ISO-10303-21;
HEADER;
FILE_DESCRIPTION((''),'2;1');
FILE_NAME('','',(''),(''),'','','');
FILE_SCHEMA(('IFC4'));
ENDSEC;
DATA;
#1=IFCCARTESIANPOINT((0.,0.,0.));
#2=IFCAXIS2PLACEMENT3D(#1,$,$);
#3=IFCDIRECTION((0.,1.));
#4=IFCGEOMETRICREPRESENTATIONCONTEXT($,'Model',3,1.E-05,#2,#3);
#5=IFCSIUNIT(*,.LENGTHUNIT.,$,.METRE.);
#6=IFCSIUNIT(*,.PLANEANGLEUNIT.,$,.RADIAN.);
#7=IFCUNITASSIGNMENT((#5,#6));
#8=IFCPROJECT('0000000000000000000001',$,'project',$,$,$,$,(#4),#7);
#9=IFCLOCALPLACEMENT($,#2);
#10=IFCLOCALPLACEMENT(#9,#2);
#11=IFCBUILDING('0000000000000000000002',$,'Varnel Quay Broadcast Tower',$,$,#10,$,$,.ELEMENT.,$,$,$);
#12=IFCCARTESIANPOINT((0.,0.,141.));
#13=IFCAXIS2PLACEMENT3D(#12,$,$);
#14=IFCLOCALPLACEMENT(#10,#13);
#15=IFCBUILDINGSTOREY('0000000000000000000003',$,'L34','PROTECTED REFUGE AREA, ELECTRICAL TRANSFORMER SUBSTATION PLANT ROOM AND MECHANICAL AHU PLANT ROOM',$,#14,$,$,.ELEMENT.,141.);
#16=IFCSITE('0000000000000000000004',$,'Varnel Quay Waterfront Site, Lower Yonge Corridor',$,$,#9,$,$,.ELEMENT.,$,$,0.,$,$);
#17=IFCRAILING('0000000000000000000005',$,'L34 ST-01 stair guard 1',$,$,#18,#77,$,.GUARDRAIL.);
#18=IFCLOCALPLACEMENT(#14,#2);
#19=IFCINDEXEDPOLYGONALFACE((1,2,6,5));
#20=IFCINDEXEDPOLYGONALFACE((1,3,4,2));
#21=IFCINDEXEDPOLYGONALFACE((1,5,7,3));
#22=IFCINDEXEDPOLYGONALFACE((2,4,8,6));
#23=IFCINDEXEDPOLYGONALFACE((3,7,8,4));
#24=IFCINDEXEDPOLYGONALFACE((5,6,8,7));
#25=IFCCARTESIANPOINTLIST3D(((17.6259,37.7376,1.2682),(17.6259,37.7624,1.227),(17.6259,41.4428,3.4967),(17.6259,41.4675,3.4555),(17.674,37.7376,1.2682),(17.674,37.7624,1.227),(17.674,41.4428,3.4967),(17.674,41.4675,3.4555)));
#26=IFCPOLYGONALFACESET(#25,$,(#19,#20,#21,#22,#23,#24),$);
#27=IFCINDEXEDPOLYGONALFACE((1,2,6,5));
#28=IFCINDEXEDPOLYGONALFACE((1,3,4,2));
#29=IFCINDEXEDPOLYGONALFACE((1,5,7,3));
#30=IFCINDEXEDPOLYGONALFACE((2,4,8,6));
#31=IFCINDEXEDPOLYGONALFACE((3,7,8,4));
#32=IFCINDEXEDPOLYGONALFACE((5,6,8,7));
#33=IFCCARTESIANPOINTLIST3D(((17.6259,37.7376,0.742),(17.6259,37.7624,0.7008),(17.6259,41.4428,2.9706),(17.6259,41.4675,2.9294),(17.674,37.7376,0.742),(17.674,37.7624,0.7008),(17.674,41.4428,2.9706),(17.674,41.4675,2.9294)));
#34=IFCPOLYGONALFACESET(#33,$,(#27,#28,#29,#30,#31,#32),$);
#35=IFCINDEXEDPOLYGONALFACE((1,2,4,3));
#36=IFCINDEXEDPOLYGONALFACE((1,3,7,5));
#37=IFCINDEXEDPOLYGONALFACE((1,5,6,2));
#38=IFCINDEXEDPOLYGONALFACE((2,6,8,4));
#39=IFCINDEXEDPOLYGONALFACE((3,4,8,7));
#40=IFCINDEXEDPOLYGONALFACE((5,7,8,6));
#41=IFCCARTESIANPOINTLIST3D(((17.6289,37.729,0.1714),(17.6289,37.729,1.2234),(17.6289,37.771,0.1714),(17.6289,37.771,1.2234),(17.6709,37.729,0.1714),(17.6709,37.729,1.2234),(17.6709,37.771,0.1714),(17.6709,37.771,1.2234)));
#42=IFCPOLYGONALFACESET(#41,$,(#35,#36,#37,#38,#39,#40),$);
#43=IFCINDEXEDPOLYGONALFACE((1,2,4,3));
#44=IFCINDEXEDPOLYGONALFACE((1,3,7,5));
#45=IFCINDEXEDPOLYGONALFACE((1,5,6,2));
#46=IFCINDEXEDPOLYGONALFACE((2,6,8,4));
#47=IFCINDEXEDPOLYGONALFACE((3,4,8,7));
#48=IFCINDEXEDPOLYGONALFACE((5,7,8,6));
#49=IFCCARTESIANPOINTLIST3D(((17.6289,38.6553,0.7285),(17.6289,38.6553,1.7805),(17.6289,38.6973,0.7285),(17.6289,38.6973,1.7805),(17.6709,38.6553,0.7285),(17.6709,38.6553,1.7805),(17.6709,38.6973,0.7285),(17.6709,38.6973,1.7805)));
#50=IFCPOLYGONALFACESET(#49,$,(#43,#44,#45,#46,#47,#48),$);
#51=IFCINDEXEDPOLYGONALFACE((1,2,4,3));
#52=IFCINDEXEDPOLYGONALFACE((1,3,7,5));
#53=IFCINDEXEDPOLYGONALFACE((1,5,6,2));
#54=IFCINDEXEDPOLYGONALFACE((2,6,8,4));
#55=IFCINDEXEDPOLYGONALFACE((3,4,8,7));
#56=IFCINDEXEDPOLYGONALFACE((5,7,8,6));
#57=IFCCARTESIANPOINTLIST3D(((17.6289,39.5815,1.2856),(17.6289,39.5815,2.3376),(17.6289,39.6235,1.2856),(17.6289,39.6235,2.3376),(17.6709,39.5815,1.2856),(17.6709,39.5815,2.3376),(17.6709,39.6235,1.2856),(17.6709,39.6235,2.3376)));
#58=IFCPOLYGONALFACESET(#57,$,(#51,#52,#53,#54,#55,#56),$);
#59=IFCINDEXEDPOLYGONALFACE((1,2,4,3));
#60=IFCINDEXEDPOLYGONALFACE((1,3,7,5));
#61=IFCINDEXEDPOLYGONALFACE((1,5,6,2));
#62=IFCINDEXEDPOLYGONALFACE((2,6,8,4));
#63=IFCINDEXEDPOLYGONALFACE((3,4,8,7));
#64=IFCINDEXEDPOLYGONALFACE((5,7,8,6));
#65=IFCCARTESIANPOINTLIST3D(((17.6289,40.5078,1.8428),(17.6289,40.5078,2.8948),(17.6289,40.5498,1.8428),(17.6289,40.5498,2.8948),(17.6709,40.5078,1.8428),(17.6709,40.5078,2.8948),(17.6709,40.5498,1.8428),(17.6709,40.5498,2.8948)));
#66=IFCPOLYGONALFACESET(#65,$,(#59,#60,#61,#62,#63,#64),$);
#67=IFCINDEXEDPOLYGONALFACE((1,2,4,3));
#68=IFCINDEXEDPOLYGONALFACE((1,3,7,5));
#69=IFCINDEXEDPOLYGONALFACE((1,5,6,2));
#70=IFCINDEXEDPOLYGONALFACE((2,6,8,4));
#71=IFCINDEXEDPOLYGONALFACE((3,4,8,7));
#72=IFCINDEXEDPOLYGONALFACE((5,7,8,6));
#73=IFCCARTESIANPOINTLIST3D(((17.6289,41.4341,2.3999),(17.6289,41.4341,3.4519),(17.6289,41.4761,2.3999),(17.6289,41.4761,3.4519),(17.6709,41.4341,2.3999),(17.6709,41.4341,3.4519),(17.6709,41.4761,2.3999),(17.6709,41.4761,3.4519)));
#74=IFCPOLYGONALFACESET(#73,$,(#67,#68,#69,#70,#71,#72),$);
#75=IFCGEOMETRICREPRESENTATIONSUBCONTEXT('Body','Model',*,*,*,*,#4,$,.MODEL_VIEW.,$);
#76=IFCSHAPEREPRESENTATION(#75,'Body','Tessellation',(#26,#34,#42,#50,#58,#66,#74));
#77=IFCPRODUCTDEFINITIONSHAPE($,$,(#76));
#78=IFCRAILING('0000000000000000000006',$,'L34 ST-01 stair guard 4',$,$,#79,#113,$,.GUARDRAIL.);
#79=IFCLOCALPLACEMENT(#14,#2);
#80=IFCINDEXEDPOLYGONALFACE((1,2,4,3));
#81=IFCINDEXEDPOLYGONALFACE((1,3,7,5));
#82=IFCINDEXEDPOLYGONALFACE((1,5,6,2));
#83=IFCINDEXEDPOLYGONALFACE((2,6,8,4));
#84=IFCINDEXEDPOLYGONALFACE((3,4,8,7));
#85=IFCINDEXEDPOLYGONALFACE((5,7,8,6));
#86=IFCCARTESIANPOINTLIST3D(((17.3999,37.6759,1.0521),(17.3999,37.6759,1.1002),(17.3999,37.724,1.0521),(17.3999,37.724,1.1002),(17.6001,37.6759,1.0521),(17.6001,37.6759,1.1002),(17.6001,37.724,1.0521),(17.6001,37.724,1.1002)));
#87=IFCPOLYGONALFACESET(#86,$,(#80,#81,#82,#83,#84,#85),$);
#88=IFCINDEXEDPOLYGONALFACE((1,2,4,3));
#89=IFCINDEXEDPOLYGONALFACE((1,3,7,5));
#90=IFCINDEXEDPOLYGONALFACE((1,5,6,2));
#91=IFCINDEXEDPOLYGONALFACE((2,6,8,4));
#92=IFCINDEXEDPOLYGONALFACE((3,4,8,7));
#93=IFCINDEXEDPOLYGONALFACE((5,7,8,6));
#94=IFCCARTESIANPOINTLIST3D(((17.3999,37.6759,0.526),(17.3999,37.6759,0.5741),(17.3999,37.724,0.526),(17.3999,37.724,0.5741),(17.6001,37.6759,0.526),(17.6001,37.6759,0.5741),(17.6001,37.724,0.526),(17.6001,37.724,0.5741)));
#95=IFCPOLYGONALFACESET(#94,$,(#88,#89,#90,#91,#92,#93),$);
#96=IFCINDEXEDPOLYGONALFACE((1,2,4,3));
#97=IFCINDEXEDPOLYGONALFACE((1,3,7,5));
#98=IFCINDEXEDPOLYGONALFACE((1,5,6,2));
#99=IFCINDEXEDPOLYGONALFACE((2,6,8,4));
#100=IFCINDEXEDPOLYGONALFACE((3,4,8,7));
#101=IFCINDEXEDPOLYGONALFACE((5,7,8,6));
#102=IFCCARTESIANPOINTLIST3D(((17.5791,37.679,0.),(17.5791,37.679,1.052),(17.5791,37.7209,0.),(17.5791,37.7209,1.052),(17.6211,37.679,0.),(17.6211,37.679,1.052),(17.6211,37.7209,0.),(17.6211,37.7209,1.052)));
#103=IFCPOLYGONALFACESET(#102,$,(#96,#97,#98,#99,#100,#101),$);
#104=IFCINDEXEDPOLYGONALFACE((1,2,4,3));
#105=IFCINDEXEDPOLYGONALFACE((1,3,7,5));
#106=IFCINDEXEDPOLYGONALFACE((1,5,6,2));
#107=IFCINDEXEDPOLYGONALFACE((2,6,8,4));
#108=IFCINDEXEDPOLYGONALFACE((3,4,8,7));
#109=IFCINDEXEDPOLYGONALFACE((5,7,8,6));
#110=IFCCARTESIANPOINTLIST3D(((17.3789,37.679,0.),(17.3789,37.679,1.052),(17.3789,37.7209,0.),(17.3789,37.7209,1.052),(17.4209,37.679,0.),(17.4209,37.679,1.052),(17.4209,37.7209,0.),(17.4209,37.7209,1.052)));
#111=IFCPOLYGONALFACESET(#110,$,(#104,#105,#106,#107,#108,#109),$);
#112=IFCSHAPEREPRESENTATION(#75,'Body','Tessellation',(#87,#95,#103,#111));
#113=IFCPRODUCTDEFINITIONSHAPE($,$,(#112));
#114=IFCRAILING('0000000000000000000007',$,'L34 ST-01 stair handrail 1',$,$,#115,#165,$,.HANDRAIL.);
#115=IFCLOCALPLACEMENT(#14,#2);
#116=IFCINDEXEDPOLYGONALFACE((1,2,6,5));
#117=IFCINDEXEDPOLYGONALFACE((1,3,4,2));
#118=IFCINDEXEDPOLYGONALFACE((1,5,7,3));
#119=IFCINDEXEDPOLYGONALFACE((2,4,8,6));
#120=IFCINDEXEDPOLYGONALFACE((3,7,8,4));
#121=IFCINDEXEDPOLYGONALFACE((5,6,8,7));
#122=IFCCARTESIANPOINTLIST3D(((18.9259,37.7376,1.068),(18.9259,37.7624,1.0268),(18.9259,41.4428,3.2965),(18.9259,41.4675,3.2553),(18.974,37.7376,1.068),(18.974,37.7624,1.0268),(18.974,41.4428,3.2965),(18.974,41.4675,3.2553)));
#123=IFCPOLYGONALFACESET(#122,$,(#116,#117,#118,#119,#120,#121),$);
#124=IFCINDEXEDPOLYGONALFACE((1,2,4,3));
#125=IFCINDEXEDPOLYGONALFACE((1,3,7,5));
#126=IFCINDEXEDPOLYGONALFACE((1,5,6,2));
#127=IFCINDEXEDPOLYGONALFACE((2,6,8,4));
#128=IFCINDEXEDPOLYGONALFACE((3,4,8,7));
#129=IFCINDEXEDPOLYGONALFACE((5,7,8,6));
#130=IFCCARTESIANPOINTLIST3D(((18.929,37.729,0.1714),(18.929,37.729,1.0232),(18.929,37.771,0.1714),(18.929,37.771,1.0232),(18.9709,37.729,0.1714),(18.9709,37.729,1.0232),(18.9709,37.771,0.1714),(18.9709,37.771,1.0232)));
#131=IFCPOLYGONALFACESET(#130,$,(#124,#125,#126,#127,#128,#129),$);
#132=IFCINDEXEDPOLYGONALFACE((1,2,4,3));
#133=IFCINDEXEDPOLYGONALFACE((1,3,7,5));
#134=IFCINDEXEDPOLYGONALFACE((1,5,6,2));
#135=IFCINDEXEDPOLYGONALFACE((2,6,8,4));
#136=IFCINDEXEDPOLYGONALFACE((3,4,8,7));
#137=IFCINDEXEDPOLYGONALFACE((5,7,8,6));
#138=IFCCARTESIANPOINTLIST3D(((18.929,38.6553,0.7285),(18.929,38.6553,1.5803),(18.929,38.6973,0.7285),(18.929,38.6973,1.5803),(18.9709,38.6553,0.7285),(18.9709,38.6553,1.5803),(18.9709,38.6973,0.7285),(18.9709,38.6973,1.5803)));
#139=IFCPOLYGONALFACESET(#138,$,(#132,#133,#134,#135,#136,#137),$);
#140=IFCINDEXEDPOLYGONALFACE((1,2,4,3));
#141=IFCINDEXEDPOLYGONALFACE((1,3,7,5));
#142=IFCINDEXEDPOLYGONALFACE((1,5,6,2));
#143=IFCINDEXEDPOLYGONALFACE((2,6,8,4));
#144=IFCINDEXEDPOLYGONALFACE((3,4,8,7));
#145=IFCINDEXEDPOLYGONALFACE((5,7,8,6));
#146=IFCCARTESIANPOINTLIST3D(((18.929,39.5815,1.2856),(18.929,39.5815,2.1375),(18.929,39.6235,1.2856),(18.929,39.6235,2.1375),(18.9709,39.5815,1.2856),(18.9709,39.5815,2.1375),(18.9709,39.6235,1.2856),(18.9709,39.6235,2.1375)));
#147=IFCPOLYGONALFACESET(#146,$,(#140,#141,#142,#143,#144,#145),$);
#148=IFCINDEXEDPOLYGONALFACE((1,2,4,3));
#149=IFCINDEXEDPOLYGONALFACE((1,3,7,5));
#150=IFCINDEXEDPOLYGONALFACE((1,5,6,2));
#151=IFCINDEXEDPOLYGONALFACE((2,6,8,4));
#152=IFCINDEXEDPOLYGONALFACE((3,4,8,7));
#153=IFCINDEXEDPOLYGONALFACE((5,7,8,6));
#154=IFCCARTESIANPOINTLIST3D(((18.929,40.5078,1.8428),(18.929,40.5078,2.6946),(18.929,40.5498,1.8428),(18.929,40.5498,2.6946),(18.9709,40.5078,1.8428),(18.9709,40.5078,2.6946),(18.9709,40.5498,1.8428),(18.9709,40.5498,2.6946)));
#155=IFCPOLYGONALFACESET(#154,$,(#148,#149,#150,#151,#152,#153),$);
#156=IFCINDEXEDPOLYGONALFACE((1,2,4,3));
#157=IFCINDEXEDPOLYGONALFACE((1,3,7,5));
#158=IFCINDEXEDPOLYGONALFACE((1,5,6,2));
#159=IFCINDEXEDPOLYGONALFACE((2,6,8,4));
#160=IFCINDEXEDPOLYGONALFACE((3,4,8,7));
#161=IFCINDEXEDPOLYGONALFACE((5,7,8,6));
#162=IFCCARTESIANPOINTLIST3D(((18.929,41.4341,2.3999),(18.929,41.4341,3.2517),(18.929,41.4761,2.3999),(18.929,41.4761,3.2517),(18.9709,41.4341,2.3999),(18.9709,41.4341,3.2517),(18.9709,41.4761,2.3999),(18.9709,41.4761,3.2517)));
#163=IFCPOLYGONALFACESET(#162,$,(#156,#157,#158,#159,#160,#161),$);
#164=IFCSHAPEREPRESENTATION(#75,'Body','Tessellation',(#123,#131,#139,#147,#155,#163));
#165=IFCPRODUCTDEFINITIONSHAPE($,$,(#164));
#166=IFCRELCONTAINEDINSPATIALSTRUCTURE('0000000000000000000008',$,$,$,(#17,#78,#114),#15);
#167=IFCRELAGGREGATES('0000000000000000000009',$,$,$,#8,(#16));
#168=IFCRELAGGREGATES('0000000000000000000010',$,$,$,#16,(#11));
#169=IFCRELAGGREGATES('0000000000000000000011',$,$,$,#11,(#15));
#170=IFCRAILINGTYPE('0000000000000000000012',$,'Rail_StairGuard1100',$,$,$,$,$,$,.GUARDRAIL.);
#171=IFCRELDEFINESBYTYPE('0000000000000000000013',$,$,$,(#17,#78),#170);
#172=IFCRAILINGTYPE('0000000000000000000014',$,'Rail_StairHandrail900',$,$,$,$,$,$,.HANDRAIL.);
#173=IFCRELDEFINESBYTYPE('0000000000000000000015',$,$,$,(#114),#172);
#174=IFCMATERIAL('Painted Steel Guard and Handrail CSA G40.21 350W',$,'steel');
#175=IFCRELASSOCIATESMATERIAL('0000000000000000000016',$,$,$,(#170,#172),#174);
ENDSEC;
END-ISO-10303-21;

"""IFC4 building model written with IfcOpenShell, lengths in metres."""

from ifc_helpers import new_model, si_unit, direction, frame, origin, origin_2d, place, context, subcontext, project, spatial, rectangle, extrude, material, type_object, element, save


model = new_model("IFC4")

# Units and contexts
model_context = context("Model", 3, precision=1e-05, world=origin(), true_north=direction((0.0, 1.0)))
body_context = subcontext(model_context, "Body", "Model", "MODEL_VIEW")
ifc_project = project(units=[si_unit("LENGTHUNIT", "METRE"), si_unit("PLANEANGLEUNIT", "RADIAN")], contexts=[model_context])

# Site, building, storey
site_placement = place(None, origin())
site = spatial("IfcSite", under=ifc_project, at=site_placement, Name="Varnel Quay Waterfront Site, Lower Yonge Corridor", CompositionType="ELEMENT", RefElevation=0.0)
building_placement = place(site_placement, origin())
building = spatial("IfcBuilding", under=site, at=building_placement, Name="Varnel Quay Broadcast Tower", CompositionType="ELEMENT")
storey_placement = place(building_placement, frame((0.0, 0.0, 141.0)))
storey = spatial("IfcBuildingStorey", under=building, at=storey_placement, Name="L34", Description="PROTECTED REFUGE AREA, ELECTRICAL TRANSFORMER SUBSTATION PLANT ROOM AND MECHANICAL AHU PLANT ROOM", CompositionType="ELEMENT", Elevation=141.0)

# Railings
ifc_material_1 = material(Name="Painted Steel Guard and Handrail CSA G40.21 350W", Category="steel")
railing_type_1 = type_object("IfcRailingType", Name="Rail_StairGuard1100", PredefinedType="GUARDRAIL", material=ifc_material_1)
railing_1_placement = place(storey_placement, frame((17.6499, 37.75, 0.1714)))
element("IfcRailing", 1, at=railing_1_placement, inside=storey, type_object=railing_type_1, Name="L34 ST-01 stair guard 1", PredefinedType="GUARDRAIL", context=body_context, shape_type="SweptSolid", body=[
    extrude(rectangle(XDim=0.0481, YDim=0.0481, at=origin_2d()), frame((0.0, 0.0, 1.0762), z_axis=(0.0, 0.856934, 0.515425), x_axis=(-1.0, 0.0, 0.0)), (0.0, 0.0, 1.0), 4.3237),
    extrude(rectangle(XDim=0.0481, YDim=0.0481, at=origin_2d()), frame((0.0, 0.0, 0.55), z_axis=(0.0, 0.856934, 0.515425), x_axis=(-1.0, 0.0, 0.0)), (0.0, 0.0, 1.0), 4.3237),
    extrude(rectangle(XDim=0.042, YDim=0.042, at=origin_2d()), origin(), (0.0, 0.0, 1.0), 1.052),
    extrude(rectangle(XDim=0.042, YDim=0.042, at=origin_2d()), frame((0.0, 0.9263, 0.5571)), (0.0, 0.0, 1.0), 1.052),
    extrude(rectangle(XDim=0.042, YDim=0.042, at=origin_2d()), frame((0.0, 1.8525, 1.1143)), (0.0, 0.0, 1.0), 1.052),
    extrude(rectangle(XDim=0.042, YDim=0.042, at=origin_2d()), frame((0.0, 2.7788, 1.6714)), (0.0, 0.0, 1.0), 1.052),
    extrude(rectangle(XDim=0.042, YDim=0.042, at=origin_2d()), frame((0.0, 3.7051, 2.2285)), (0.0, 0.0, 1.0), 1.052),
])
railing_2_placement = place(storey_placement, frame((17.6001, 37.7, 0.0)))
element("IfcRailing", 2, at=railing_2_placement, inside=storey, type_object=railing_type_1, Name="L34 ST-01 stair guard 4", PredefinedType="GUARDRAIL", context=body_context, shape_type="SweptSolid", body=[
    extrude(rectangle(XDim=0.0481, YDim=0.0481, at=origin_2d()), frame((0.0, 0.0, 1.0762), z_axis=(-1.0, 0.0, 0.0), x_axis=(0.0, -1.0, 0.0)), (0.0, 0.0, 1.0), 0.2002),
    extrude(rectangle(XDim=0.0481, YDim=0.0481, at=origin_2d()), frame((0.0, 0.0, 0.55), z_axis=(-1.0, 0.0, 0.0), x_axis=(0.0, -1.0, 0.0)), (0.0, 0.0, 1.0), 0.2002),
    extrude(rectangle(XDim=0.042, YDim=0.042, at=origin_2d()), origin(), (0.0, 0.0, 1.0), 1.052),
    extrude(rectangle(XDim=0.042, YDim=0.042, at=origin_2d()), frame((-0.2002, 0.0, 0.0)), (0.0, 0.0, 1.0), 1.052),
])
railing_type_2 = type_object("IfcRailingType", Name="Rail_StairHandrail900", PredefinedType="HANDRAIL", material=ifc_material_1)
railing_3_placement = place(storey_placement, frame((18.95, 37.75, 0.1714)))
element("IfcRailing", 3, at=railing_3_placement, inside=storey, type_object=railing_type_2, Name="L34 ST-01 stair handrail 1", PredefinedType="HANDRAIL", context=body_context, shape_type="SweptSolid", body=[
    extrude(rectangle(XDim=0.0481, YDim=0.0481, at=origin_2d()), frame((0.0, 0.0, 0.876), z_axis=(0.0, 0.856934, 0.515425), x_axis=(-1.0, 0.0, 0.0)), (0.0, 0.0, 1.0), 4.3237),
    extrude(rectangle(XDim=0.042, YDim=0.042, at=origin_2d()), origin(), (0.0, 0.0, 1.0), 0.8518),
    extrude(rectangle(XDim=0.042, YDim=0.042, at=origin_2d()), frame((0.0, 0.9263, 0.5571)), (0.0, 0.0, 1.0), 0.8518),
    extrude(rectangle(XDim=0.042, YDim=0.042, at=origin_2d()), frame((0.0, 1.8525, 1.1143)), (0.0, 0.0, 1.0), 0.8518),
    extrude(rectangle(XDim=0.042, YDim=0.042, at=origin_2d()), frame((0.0, 2.7788, 1.6714)), (0.0, 0.0, 1.0), 0.8518),
    extrude(rectangle(XDim=0.042, YDim=0.042, at=origin_2d()), frame((0.0, 3.7051, 2.2285)), (0.0, 0.0, 1.0), 0.8518),
])

save(model, "model.ifc")
